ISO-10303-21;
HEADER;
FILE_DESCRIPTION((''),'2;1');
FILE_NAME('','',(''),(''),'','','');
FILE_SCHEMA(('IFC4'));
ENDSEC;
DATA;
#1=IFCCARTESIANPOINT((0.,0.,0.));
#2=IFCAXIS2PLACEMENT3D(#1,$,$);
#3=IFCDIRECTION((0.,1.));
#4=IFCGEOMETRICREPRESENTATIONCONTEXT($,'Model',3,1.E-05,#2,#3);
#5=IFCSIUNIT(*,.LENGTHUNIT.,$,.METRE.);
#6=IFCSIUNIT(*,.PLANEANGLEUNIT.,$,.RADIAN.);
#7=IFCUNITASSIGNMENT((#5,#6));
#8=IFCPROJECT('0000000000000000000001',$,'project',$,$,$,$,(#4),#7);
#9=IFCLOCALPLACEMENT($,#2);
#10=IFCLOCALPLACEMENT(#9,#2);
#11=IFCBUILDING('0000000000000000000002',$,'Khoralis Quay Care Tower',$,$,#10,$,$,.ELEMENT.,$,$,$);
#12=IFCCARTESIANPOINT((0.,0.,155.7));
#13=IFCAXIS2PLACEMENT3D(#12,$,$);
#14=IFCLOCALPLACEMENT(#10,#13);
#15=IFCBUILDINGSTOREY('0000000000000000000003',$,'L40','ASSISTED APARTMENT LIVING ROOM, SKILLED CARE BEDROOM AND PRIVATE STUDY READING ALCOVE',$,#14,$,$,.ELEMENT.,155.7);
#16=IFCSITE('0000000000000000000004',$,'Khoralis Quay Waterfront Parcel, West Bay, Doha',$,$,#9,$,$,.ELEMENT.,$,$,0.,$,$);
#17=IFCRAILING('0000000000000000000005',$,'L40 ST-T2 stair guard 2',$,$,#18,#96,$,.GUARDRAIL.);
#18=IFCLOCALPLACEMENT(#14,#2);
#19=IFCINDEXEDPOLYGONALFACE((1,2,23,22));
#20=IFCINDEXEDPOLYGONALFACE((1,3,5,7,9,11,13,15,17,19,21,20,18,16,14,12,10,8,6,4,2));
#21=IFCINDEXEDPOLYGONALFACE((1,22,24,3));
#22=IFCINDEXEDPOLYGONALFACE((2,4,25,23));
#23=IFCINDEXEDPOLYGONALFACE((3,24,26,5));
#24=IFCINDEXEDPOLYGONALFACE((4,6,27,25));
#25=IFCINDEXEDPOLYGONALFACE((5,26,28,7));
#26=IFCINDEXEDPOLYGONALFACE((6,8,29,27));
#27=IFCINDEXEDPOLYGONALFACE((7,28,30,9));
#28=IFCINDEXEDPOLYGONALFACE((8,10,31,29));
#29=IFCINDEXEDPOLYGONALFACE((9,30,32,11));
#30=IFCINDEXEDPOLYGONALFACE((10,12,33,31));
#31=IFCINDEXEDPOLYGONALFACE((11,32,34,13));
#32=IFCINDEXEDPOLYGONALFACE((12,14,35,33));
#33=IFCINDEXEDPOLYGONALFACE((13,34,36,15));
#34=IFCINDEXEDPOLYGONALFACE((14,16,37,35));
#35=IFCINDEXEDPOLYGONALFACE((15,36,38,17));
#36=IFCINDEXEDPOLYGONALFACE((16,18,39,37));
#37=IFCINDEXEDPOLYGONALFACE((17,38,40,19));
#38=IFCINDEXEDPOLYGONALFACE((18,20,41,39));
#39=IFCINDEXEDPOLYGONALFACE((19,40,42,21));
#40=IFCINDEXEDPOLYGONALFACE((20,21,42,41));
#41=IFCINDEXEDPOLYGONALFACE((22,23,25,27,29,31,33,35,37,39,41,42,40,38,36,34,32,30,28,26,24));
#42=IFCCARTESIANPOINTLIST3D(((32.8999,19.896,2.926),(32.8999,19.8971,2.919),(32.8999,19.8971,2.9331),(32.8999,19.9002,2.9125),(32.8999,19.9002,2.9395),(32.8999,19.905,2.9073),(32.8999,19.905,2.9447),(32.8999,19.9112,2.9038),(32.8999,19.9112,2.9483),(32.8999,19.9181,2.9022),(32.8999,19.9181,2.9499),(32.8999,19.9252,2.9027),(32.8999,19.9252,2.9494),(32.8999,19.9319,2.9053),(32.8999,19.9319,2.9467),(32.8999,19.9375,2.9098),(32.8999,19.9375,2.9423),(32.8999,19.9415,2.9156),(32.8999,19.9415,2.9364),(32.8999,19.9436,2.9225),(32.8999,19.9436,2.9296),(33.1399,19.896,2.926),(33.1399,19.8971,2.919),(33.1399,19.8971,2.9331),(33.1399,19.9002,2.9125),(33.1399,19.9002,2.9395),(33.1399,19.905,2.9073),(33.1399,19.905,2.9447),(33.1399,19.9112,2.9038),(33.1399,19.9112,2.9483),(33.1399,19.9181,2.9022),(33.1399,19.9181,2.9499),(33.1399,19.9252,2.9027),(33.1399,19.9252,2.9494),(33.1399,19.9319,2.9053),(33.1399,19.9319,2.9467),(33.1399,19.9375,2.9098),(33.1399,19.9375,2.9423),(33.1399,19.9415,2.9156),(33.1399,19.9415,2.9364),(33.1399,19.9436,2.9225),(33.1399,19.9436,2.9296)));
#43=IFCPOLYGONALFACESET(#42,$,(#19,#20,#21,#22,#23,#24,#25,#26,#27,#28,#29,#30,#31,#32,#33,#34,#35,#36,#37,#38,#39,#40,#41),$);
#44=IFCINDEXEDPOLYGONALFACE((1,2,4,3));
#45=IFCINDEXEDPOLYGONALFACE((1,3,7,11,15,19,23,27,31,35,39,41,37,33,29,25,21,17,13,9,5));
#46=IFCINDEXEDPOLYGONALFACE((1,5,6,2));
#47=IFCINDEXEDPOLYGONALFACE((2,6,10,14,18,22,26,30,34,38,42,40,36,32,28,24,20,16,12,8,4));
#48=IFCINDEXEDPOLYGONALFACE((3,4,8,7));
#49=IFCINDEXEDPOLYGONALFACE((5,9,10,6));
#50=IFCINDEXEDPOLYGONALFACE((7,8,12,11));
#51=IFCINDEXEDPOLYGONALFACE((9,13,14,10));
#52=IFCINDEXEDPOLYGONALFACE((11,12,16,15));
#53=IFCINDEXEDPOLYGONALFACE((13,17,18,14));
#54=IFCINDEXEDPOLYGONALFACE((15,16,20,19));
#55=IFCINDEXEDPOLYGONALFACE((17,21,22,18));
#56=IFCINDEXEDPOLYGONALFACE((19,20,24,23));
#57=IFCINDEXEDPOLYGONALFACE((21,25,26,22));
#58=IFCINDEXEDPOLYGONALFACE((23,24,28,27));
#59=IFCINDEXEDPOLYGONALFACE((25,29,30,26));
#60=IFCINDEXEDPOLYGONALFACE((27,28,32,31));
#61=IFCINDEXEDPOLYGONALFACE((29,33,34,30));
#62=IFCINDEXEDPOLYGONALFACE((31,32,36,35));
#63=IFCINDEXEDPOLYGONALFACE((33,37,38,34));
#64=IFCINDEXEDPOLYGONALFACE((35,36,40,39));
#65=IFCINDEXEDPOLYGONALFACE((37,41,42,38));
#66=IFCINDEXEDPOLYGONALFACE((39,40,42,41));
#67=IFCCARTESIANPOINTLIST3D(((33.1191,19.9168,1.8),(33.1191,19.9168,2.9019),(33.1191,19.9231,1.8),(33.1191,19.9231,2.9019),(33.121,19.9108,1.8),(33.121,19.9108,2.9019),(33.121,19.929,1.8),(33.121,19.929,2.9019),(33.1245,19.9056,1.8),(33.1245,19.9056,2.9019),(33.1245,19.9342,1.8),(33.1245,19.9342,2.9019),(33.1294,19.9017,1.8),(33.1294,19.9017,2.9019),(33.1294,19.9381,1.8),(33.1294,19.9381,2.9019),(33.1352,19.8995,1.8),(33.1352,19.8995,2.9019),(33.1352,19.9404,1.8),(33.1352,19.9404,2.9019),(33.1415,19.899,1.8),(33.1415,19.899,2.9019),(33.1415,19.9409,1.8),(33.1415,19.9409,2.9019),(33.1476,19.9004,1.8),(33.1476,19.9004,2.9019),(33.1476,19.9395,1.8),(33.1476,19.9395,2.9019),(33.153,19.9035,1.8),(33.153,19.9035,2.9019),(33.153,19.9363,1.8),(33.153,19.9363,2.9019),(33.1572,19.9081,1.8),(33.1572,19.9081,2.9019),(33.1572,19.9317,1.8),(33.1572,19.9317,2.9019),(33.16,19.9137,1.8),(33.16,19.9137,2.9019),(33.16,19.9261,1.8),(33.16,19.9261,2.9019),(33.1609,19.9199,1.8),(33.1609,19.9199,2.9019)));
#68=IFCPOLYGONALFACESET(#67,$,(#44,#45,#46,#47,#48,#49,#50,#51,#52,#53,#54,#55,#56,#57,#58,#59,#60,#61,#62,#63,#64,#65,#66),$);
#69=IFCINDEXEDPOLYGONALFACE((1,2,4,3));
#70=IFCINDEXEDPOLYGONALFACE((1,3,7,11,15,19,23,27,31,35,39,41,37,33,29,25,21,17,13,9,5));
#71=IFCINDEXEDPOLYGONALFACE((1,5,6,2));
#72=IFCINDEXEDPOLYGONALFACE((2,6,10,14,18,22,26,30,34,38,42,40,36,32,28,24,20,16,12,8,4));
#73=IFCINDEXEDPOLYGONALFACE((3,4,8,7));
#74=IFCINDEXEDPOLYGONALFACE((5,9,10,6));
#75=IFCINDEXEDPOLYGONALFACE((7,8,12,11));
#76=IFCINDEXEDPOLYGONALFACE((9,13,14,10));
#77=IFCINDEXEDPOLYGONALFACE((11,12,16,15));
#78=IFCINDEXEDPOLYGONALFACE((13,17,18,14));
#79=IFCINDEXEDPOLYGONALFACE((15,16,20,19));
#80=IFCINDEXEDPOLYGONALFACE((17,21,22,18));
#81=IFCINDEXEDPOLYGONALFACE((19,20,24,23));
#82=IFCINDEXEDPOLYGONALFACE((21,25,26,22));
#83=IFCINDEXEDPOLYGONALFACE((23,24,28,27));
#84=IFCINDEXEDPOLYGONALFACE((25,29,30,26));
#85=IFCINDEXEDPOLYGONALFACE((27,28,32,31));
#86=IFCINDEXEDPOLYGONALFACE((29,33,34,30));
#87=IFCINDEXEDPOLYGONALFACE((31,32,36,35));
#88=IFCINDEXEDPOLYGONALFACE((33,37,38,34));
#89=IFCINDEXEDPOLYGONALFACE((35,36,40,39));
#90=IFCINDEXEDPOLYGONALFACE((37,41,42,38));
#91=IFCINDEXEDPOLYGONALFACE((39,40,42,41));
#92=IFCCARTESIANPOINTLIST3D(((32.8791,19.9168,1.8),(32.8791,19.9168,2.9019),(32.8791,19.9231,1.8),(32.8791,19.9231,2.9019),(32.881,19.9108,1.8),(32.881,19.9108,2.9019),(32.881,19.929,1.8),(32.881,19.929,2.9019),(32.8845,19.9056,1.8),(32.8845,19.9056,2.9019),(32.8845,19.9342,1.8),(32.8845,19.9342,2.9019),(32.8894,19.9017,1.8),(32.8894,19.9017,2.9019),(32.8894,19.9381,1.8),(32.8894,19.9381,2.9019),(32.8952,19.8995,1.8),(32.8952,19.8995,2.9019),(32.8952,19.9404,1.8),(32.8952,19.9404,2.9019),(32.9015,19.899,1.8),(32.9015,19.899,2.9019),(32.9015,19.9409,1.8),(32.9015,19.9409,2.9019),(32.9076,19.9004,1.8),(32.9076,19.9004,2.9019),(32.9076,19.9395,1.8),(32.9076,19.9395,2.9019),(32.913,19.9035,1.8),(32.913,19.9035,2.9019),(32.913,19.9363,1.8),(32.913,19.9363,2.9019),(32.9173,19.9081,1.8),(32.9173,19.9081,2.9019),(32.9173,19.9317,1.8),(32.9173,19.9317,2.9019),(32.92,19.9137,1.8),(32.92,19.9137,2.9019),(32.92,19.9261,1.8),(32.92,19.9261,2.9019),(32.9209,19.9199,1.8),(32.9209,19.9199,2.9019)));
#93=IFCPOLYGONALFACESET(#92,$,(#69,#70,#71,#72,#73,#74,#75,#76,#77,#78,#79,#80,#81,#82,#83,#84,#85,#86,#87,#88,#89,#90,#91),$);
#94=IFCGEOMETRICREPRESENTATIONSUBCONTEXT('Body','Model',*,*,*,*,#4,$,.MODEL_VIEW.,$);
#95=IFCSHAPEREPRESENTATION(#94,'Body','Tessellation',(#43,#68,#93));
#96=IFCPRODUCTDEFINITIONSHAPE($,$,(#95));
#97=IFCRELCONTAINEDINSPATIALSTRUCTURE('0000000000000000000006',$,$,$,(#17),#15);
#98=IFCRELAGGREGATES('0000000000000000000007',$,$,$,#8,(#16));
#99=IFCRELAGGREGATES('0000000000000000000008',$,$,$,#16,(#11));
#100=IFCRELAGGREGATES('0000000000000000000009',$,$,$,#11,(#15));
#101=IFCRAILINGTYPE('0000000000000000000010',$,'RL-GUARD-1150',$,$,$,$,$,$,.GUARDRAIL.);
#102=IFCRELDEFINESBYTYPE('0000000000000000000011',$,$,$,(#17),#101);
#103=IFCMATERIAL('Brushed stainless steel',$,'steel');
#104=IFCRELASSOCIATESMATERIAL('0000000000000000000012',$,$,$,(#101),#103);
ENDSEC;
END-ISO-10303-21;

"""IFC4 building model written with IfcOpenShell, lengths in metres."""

from ifc_helpers import new_model, si_unit, direction, frame, origin, origin_2d, place, context, subcontext, project, spatial, circle, extrude, material, type_object, element, save


model = new_model("IFC4")

# Units and contexts
model_context = context("Model", 3, precision=1e-05, world=origin(), true_north=direction((0.0, 1.0)))
body_context = subcontext(model_context, "Body", "Model", "MODEL_VIEW")
ifc_project = project(units=[si_unit("LENGTHUNIT", "METRE"), si_unit("PLANEANGLEUNIT", "RADIAN")], contexts=[model_context])

# Site, building, storey
site_placement = place(None, origin())
site = spatial("IfcSite", under=ifc_project, at=site_placement, Name="Khoralis Quay Waterfront Parcel, West Bay, Doha", CompositionType="ELEMENT", RefElevation=0.0)
building_placement = place(site_placement, origin())
building = spatial("IfcBuilding", under=site, at=building_placement, Name="Khoralis Quay Care Tower", CompositionType="ELEMENT")
storey_placement = place(building_placement, frame((0.0, 0.0, 155.7)))
storey = spatial("IfcBuildingStorey", under=building, at=storey_placement, Name="L40", Description="ASSISTED APARTMENT LIVING ROOM, SKILLED CARE BEDROOM AND PRIVATE STUDY READING ALCOVE", CompositionType="ELEMENT", Elevation=155.7)

# Shared definitions
ifc_material_1 = material(Name="Brushed stainless steel", Category="steel")

# Railing
railing_type_1 = type_object("IfcRailingType", Name="RL-GUARD-1150", PredefinedType="GUARDRAIL", material=ifc_material_1)
railing_1_placement = place(storey_placement, frame((33.1399, 19.9199, 1.8)))
element("IfcRailing", 1, at=railing_1_placement, inside=storey, type_object=railing_type_1, Name="L40 ST-T2 stair guard 2", PredefinedType="GUARDRAIL", context=body_context, shape_type="SweptSolid", body=[
    extrude(circle(Radius=0.0239, at=origin_2d()), frame((0.0, 0.0, 1.126), z_axis=(-1.0, 0.0, 0.0), x_axis=(0.0, -1.0, 0.0)), (0.0, 0.0, 1.0), 0.24),
    extrude(circle(Radius=0.021, at=origin_2d()), origin(), (0.0, 0.0, 1.0), 1.1018),
    extrude(circle(Radius=0.021, at=origin_2d()), frame((-0.24, 0.0, 0.0)), (0.0, 0.0, 1.0), 1.1018),
])

save(model, "model.ifc")
